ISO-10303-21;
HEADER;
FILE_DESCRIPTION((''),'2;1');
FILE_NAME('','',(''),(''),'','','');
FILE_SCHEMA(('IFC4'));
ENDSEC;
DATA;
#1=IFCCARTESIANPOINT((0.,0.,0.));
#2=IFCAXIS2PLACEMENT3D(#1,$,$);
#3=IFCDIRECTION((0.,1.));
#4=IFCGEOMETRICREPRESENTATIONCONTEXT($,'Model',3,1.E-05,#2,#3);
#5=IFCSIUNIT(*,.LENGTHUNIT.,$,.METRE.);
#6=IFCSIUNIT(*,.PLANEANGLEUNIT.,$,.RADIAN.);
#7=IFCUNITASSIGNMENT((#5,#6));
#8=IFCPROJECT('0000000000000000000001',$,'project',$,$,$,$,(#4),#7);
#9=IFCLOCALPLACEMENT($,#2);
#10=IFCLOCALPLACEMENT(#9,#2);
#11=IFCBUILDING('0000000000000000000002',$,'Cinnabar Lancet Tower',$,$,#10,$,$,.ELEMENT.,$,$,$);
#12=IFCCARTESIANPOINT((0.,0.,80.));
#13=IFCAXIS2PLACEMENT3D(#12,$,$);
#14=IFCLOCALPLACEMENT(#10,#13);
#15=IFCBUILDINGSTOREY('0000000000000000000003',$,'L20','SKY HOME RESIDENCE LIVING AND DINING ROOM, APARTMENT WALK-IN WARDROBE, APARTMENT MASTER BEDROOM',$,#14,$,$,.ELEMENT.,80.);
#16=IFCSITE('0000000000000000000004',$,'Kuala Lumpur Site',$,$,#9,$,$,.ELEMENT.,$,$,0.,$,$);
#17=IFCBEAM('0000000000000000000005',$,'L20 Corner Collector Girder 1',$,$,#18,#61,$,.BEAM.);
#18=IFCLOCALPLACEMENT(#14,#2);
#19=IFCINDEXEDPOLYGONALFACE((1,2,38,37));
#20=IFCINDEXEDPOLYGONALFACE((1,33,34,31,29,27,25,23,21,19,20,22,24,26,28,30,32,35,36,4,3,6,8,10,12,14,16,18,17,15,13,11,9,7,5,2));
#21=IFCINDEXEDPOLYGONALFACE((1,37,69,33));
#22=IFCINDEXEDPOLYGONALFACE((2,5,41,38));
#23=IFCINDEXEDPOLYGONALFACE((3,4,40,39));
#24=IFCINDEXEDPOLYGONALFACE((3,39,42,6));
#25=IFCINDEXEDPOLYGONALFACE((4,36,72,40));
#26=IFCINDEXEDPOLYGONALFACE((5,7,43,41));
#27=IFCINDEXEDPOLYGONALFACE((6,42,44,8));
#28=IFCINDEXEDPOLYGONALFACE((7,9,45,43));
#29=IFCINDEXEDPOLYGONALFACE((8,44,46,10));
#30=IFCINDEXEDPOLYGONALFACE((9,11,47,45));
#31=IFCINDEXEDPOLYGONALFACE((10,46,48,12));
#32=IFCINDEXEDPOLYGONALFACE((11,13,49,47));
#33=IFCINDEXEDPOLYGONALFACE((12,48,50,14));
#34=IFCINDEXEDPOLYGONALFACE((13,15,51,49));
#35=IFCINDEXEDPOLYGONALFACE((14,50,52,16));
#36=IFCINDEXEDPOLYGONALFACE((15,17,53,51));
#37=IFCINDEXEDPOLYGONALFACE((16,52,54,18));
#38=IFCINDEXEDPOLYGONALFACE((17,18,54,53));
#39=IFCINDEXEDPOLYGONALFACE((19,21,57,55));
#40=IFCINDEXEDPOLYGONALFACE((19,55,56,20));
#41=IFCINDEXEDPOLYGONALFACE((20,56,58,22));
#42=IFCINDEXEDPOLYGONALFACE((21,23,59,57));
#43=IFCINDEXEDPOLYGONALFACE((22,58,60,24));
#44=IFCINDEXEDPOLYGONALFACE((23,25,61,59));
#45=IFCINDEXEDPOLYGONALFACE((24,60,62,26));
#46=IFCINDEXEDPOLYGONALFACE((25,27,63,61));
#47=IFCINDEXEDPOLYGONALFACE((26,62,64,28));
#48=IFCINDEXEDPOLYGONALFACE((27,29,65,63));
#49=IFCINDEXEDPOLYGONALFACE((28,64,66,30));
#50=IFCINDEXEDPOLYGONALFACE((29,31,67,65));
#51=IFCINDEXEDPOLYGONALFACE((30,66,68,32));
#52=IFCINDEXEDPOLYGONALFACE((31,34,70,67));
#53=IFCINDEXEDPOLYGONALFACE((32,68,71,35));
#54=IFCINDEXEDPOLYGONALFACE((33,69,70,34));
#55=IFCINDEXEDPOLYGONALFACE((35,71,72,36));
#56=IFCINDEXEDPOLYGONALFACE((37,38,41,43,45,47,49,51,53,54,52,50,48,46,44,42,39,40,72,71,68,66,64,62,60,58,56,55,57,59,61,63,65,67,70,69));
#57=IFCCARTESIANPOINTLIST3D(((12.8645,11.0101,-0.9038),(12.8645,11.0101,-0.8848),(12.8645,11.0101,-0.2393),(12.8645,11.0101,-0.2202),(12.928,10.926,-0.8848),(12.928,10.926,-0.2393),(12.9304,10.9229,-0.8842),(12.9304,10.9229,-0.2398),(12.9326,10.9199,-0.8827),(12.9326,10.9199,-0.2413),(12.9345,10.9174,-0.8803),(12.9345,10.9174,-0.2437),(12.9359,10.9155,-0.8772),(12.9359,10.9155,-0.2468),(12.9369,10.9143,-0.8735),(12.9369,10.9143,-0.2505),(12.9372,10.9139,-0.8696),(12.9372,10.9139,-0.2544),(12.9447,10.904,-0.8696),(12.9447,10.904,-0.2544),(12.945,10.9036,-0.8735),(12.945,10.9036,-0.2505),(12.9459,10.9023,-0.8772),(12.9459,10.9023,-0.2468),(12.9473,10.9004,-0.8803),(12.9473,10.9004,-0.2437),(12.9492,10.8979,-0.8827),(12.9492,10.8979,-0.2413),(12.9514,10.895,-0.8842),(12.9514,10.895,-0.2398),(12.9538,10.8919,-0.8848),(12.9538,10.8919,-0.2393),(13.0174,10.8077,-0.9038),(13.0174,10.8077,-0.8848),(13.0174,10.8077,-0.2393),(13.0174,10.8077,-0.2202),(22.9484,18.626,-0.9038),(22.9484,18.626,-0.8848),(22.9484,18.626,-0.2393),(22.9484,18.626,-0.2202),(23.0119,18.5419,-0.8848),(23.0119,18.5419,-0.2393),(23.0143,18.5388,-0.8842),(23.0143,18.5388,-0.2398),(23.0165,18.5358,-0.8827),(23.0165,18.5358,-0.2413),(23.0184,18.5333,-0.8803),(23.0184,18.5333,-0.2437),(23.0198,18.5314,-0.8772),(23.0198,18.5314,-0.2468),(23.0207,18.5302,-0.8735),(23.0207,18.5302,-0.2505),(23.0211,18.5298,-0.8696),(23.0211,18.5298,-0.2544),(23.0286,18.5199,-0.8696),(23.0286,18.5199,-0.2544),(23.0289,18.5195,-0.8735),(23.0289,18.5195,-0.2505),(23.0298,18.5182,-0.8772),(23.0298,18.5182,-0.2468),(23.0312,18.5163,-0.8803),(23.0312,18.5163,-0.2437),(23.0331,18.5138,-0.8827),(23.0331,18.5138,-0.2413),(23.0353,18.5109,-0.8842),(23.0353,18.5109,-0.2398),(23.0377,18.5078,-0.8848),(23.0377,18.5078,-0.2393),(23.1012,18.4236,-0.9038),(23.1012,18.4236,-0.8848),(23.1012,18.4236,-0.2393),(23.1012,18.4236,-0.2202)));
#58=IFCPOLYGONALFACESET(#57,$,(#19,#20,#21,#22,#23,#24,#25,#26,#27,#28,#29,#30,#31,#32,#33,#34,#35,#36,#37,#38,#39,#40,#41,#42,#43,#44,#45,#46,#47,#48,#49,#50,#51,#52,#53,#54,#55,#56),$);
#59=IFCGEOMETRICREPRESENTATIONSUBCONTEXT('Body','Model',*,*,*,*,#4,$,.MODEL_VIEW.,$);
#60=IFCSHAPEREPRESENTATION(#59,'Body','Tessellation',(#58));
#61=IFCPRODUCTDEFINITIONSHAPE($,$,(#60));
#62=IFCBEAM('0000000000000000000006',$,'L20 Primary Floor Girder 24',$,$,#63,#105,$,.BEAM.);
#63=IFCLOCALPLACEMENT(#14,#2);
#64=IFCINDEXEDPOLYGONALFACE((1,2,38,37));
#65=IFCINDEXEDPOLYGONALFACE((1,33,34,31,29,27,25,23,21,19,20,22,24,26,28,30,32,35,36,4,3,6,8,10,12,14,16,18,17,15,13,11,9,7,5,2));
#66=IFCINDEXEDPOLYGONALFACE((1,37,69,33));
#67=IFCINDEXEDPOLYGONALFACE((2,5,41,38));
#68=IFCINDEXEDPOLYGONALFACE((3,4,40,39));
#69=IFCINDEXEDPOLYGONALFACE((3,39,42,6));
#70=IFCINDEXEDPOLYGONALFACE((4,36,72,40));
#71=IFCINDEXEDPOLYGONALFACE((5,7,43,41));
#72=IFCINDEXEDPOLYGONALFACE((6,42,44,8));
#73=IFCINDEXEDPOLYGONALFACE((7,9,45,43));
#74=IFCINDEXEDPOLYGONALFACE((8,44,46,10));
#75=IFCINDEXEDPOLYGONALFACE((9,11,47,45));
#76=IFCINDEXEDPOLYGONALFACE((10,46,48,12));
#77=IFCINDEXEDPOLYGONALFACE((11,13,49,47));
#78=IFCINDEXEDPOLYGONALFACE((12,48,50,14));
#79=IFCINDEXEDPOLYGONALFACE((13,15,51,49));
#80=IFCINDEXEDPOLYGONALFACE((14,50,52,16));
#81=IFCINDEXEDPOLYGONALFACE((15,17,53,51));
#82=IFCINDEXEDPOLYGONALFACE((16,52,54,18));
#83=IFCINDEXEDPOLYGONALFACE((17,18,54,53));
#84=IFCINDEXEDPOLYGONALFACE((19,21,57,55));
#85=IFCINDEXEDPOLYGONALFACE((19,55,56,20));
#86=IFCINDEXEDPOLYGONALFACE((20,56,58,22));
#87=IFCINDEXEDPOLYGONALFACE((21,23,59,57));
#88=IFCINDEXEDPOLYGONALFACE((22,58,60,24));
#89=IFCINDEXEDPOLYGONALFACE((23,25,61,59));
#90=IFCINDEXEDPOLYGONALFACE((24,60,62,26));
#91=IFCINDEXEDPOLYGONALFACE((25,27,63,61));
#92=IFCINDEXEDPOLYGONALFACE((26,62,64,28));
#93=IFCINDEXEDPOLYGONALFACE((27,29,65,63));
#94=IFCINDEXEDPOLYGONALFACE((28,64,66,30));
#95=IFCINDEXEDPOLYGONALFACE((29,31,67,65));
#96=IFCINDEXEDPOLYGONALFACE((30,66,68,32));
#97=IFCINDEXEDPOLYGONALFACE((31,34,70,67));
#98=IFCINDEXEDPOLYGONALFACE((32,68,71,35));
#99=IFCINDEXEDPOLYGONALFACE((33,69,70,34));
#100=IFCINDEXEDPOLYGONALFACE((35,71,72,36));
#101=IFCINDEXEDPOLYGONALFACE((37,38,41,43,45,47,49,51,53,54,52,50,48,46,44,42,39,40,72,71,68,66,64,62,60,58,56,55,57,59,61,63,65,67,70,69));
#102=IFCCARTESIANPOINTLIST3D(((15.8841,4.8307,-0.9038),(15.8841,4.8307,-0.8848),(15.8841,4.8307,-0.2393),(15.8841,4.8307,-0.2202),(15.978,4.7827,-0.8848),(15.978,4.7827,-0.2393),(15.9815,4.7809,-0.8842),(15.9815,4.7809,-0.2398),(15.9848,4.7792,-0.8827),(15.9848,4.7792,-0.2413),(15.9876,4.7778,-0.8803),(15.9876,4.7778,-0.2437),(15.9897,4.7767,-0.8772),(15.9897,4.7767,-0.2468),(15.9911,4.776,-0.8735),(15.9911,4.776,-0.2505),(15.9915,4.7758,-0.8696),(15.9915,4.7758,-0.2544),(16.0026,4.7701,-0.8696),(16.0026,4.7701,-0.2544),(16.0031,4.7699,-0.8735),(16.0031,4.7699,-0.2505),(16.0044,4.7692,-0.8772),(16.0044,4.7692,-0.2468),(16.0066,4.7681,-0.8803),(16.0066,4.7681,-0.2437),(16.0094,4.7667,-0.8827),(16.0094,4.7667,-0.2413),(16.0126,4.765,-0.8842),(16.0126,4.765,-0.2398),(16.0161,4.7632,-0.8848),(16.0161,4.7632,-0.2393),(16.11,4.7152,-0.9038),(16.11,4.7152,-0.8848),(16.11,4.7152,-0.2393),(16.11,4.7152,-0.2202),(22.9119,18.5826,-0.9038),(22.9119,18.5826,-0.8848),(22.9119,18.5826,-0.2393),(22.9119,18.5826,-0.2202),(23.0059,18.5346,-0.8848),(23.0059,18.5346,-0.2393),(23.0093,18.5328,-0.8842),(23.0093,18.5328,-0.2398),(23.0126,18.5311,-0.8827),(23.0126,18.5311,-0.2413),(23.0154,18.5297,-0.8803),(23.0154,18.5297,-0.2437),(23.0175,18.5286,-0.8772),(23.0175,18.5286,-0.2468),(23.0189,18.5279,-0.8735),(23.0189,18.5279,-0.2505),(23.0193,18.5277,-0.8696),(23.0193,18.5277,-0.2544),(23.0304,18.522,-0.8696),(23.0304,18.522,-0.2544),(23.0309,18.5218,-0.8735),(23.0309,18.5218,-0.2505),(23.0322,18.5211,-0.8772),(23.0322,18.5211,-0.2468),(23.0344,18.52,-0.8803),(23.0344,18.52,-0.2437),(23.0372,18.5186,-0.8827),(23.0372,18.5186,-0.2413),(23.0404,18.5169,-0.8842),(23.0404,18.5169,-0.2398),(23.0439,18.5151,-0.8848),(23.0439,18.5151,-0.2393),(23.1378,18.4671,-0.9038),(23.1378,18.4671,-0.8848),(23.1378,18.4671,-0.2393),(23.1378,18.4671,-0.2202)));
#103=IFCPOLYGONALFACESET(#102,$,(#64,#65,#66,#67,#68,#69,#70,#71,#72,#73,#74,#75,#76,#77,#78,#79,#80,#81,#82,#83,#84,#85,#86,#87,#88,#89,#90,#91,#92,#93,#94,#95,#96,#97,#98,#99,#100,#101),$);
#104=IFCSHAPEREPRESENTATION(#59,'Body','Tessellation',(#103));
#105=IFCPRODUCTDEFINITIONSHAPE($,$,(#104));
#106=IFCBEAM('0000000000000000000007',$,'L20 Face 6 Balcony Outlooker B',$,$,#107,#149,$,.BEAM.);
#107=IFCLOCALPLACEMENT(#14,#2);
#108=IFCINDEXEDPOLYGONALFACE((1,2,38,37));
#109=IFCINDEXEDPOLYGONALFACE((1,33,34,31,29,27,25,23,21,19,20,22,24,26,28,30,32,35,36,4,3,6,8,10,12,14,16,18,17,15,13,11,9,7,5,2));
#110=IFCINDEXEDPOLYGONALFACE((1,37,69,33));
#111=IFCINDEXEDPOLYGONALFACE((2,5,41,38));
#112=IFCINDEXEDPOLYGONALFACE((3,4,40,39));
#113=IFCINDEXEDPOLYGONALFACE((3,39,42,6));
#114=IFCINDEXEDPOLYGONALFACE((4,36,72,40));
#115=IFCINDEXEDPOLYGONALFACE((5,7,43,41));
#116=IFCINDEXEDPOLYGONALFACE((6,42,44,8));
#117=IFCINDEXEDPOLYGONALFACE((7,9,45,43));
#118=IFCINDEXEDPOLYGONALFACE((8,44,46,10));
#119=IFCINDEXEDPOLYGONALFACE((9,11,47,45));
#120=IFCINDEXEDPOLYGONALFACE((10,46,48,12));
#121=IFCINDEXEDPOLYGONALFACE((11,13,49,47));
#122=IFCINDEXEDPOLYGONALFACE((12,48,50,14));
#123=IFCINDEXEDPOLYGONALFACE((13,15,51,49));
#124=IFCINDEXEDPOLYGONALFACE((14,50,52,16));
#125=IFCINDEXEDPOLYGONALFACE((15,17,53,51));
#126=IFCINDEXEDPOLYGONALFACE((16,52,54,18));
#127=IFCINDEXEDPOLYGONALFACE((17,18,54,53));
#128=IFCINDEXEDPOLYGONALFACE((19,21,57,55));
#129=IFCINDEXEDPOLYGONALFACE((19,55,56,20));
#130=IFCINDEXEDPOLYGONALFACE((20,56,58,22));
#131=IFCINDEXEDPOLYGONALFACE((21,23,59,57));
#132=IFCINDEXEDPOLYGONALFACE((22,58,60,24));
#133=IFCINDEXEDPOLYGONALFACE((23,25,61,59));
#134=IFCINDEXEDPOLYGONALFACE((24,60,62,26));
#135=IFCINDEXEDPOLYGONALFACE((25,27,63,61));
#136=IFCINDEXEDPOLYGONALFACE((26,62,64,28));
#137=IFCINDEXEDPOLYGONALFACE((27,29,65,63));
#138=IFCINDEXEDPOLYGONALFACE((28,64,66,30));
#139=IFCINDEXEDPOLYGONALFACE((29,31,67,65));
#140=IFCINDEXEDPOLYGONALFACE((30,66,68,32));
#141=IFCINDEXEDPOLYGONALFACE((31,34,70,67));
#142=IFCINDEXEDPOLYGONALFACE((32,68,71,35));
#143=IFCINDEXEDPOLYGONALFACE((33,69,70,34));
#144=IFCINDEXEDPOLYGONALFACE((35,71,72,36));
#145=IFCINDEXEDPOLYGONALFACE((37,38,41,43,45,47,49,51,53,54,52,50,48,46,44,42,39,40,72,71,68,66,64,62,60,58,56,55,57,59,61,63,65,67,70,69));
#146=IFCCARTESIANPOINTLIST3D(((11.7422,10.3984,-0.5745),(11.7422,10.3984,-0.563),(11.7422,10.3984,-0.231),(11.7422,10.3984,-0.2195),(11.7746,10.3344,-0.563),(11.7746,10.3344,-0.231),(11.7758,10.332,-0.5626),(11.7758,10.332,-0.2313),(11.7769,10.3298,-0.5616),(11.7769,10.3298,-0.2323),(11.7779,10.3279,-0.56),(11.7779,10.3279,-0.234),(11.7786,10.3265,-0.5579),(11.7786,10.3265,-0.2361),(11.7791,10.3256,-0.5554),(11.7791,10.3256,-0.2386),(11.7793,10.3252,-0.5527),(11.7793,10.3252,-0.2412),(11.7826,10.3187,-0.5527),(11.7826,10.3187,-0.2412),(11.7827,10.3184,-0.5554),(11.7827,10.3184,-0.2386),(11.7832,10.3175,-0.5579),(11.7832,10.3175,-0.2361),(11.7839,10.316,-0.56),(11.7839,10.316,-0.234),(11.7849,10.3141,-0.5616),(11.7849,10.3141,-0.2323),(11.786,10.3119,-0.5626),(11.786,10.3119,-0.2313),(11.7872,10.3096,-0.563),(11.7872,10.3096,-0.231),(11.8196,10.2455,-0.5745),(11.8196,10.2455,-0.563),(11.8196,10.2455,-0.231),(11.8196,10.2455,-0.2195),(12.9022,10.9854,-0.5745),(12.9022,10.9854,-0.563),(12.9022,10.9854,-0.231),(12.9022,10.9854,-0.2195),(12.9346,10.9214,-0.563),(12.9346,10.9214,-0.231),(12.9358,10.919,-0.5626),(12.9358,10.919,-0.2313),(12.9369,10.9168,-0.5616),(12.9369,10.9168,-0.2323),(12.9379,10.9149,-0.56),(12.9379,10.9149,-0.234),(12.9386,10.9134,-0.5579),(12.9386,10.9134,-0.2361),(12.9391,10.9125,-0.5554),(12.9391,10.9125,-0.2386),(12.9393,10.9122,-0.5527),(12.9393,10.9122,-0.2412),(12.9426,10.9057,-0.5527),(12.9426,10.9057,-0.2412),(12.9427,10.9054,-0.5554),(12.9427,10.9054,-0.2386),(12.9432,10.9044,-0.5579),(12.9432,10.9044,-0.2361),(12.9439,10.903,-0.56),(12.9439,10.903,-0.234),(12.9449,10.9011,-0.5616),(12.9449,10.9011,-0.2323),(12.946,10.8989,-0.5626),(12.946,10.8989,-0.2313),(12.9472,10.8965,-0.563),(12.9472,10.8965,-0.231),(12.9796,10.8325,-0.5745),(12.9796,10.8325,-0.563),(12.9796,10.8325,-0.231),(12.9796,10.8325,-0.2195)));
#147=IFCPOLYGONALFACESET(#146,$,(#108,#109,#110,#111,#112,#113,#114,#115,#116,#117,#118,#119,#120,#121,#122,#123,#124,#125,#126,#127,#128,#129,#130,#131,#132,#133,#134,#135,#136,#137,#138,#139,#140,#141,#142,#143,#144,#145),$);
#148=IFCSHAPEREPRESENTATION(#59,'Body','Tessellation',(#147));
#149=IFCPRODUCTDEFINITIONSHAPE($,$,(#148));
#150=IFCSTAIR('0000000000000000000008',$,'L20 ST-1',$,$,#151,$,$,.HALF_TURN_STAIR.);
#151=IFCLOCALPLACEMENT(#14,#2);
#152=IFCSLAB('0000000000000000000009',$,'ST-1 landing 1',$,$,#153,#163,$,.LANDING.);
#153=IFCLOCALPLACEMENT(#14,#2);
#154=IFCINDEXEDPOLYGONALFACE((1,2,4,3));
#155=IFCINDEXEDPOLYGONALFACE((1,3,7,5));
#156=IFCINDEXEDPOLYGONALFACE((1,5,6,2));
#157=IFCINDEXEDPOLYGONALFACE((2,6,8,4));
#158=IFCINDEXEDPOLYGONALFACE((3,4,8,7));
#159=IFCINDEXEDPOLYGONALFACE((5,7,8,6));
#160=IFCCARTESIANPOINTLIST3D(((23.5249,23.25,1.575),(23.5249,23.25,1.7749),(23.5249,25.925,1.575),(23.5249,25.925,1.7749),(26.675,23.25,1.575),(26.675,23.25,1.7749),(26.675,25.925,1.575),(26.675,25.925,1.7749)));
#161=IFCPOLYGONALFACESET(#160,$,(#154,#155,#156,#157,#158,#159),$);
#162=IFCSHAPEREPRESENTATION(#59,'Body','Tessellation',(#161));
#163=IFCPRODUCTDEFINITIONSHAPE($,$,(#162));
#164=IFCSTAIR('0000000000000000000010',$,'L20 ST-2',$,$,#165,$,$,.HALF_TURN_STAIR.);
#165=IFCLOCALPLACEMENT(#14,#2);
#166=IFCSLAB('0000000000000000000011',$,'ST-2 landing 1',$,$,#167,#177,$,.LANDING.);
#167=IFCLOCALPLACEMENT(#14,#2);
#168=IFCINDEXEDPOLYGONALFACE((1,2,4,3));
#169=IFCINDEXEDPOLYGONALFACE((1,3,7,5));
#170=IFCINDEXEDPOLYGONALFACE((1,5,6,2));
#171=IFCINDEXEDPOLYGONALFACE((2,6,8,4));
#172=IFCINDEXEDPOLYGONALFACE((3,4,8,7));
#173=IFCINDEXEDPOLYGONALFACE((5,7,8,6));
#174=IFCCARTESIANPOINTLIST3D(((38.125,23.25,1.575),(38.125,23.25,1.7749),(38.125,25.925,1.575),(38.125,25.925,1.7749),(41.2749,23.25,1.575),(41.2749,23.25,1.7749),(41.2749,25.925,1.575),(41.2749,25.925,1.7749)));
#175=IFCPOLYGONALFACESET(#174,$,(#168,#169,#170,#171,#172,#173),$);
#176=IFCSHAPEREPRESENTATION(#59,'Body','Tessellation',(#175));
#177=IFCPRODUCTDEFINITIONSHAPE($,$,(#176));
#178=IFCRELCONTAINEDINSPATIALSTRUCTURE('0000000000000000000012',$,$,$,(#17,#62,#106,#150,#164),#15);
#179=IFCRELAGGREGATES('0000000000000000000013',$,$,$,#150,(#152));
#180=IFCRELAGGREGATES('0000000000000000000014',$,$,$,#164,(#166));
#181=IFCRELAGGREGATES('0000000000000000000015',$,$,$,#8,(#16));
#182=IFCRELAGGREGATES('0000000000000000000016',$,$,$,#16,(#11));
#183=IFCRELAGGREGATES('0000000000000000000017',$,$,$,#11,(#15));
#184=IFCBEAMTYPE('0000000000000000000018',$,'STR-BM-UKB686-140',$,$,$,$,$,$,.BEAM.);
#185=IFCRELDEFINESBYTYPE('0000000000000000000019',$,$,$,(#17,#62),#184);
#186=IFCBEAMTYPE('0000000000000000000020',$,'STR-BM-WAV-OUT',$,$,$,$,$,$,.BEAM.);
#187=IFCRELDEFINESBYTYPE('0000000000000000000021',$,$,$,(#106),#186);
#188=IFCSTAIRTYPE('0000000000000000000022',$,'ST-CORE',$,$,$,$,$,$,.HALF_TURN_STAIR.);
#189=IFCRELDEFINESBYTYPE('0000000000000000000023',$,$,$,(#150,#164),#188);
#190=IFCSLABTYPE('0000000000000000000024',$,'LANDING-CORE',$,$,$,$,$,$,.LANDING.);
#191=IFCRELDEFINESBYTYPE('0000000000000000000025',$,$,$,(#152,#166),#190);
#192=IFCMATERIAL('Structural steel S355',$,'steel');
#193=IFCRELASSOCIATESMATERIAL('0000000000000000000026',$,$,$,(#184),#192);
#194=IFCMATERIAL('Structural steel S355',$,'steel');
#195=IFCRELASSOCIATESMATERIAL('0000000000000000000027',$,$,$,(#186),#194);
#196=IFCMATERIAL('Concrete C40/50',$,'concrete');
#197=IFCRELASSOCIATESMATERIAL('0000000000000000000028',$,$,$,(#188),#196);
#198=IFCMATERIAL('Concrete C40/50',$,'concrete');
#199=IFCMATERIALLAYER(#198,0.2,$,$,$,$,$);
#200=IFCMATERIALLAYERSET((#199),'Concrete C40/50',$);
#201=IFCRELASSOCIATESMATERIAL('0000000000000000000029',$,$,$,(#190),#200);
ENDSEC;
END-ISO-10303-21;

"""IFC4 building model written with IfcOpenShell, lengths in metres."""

from ifc_helpers import new_model, si_unit, direction, frame, origin, origin_2d, place, context, subcontext, project, spatial, polyline, i_section, outline, extrude, material, layer, layer_set, material_profile, profile_set, type_object, element, aggregate, save


model = new_model("IFC4")

# Units and contexts
model_context = context("Model", 3, precision=1e-05, world=origin(), true_north=direction((0.0, 1.0)))
body_context = subcontext(model_context, "Body", "Model", "MODEL_VIEW")
ifc_project = project(units=[si_unit("LENGTHUNIT", "METRE"), si_unit("PLANEANGLEUNIT", "RADIAN")], contexts=[model_context])

# Site, building, storey
site_placement = place(None, origin())
site = spatial("IfcSite", under=ifc_project, at=site_placement, Name="Kuala Lumpur Site", CompositionType="ELEMENT", RefElevation=0.0)
building_placement = place(site_placement, origin())
building = spatial("IfcBuilding", under=site, at=building_placement, Name="Cinnabar Lancet Tower", CompositionType="ELEMENT")
storey_placement = place(building_placement, frame((0.0, 0.0, 80.0)))
storey = spatial("IfcBuildingStorey", under=building, at=storey_placement, Name="L20", Description="SKY HOME RESIDENCE LIVING AND DINING ROOM, APARTMENT WALK-IN WARDROBE, APARTMENT MASTER BEDROOM", CompositionType="ELEMENT", Elevation=80.0)

# Beams
ifc_material_1 = material(Name="Structural steel S355", Category="steel")
ifc_material_profile_1 = material_profile(ifc_material_1, i_section(OverallWidth=0.2537, OverallDepth=0.6836, WebThickness=0.0125, FlangeThickness=0.019, FilletRadius=0.0151, at=origin_2d()), Name="UKB 686x254x140")
ifc_profile_set_1 = profile_set([ifc_material_profile_1], Name="Structural steel S355")
beam_type_1 = type_object("IfcBeamType", Name="STR-BM-UKB686-140", PredefinedType="BEAM", material=ifc_profile_set_1)
beam_1_placement = place(storey_placement, frame((12.9409, 10.9089, -0.562), z_axis=(0.797983, 0.60268, 0.0), x_axis=(-0.60268, 0.797983, 0.0)))
element("IfcBeam", 1, at=beam_1_placement, inside=storey, type_object=beam_type_1, Name="L20 Corner Collector Girder 1", PredefinedType="BEAM", context=body_context, shape_type="SweptSolid", body=[
    extrude(i_section(OverallWidth=0.2537, OverallDepth=0.6836, WebThickness=0.0125, FlangeThickness=0.019, FilletRadius=0.0151, at=origin_2d()), origin(), (0.0, 0.0, 1.0), 12.6367),
])
beam_2_placement = place(storey_placement, frame((15.9971, 4.7729, -0.562), z_axis=(0.455063, 0.890459, 0.0), x_axis=(-0.890459, 0.455063, 0.0)))
element("IfcBeam", 2, at=beam_2_placement, inside=storey, type_object=beam_type_1, Name="L20 Primary Floor Girder 24", PredefinedType="BEAM", context=body_context, shape_type="SweptSolid", body=[
    extrude(i_section(OverallWidth=0.2537, OverallDepth=0.6836, WebThickness=0.0125, FlangeThickness=0.019, FilletRadius=0.0151, at=origin_2d()), origin(), (0.0, 0.0, 1.0), 15.4436),
])
ifc_material_2 = material(Name="Structural steel S355", Category="steel")
ifc_material_profile_2 = material_profile(ifc_material_2, i_section(OverallWidth=0.1714, OverallDepth=0.355, WebThickness=0.0073, FlangeThickness=0.0115, FilletRadius=0.0103, at=origin_2d()), Name="UKB 356x171x51")
ifc_profile_set_2 = profile_set([ifc_material_profile_2], Name="Structural steel S355")
beam_type_2 = type_object("IfcBeamType", Name="STR-BM-WAV-OUT", PredefinedType="BEAM", material=ifc_profile_set_2)
beam_3_placement = place(storey_placement, frame((12.9409, 10.9089, -0.397), z_axis=(-0.892276, -0.45149, 0.0), x_axis=(0.45149, -0.892276, 0.0)))
element("IfcBeam", 3, at=beam_3_placement, inside=storey, type_object=beam_type_2, Name="L20 Face 6 Balcony Outlooker B", PredefinedType="BEAM", context=body_context, shape_type="SweptSolid", body=[
    extrude(i_section(OverallWidth=0.1714, OverallDepth=0.355, WebThickness=0.0073, FlangeThickness=0.0115, FilletRadius=0.0103, at=origin_2d()), origin(), (0.0, 0.0, 1.0), 1.3),
])

# Stairs, slabs
ifc_material_3 = material(Name="Concrete C40/50", Category="concrete")
stair_type = type_object("IfcStairType", Name="ST-CORE", PredefinedType="HALF_TURN_STAIR", material=ifc_material_3)
stair_1_placement = place(storey_placement, origin())
stair_1 = element("IfcStair", 4, at=stair_1_placement, inside=storey, type_object=stair_type, Name="L20 ST-1", PredefinedType="HALF_TURN_STAIR")
ifc_material_4 = material(Name="Concrete C40/50", Category="concrete")
ifc_layer_1 = layer(ifc_material_4, 0.2)
ifc_layer_set_1 = layer_set([ifc_layer_1], Name="Concrete C40/50")
slab_type_1 = type_object("IfcSlabType", Name="LANDING-CORE", PredefinedType="LANDING", material=ifc_layer_set_1)
slab_1_placement = place(storey_placement, frame((0.0, 0.0, 1.575)))
slab_1 = element("IfcSlab", 5, at=slab_1_placement, type_object=slab_type_1, Name="ST-1 landing 1", PredefinedType="LANDING", context=body_context, shape_type="SweptSolid", body=[
    extrude(outline(polyline([(23.5249, 25.925), (23.5249, 23.25), (26.675, 23.25), (26.675, 25.925), (23.5249, 25.925)])), origin(), (0.0, 0.0, 1.0), 0.2),
])
aggregate(stair_1, [slab_1])
stair_2_placement = place(storey_placement, origin())
stair_2 = element("IfcStair", 6, at=stair_2_placement, inside=storey, type_object=stair_type, Name="L20 ST-2", PredefinedType="HALF_TURN_STAIR")
slab_2_placement = place(storey_placement, frame((0.0, 0.0, 1.575)))
slab_2 = element("IfcSlab", 7, at=slab_2_placement, type_object=slab_type_1, Name="ST-2 landing 1", PredefinedType="LANDING", context=body_context, shape_type="SweptSolid", body=[
    extrude(outline(polyline([(38.125, 25.925), (38.125, 23.25), (41.2749, 23.25), (41.2749, 25.925), (38.125, 25.925)])), origin(), (0.0, 0.0, 1.0), 0.2),
])
aggregate(stair_2, [slab_2])

save(model, "model.ifc")
